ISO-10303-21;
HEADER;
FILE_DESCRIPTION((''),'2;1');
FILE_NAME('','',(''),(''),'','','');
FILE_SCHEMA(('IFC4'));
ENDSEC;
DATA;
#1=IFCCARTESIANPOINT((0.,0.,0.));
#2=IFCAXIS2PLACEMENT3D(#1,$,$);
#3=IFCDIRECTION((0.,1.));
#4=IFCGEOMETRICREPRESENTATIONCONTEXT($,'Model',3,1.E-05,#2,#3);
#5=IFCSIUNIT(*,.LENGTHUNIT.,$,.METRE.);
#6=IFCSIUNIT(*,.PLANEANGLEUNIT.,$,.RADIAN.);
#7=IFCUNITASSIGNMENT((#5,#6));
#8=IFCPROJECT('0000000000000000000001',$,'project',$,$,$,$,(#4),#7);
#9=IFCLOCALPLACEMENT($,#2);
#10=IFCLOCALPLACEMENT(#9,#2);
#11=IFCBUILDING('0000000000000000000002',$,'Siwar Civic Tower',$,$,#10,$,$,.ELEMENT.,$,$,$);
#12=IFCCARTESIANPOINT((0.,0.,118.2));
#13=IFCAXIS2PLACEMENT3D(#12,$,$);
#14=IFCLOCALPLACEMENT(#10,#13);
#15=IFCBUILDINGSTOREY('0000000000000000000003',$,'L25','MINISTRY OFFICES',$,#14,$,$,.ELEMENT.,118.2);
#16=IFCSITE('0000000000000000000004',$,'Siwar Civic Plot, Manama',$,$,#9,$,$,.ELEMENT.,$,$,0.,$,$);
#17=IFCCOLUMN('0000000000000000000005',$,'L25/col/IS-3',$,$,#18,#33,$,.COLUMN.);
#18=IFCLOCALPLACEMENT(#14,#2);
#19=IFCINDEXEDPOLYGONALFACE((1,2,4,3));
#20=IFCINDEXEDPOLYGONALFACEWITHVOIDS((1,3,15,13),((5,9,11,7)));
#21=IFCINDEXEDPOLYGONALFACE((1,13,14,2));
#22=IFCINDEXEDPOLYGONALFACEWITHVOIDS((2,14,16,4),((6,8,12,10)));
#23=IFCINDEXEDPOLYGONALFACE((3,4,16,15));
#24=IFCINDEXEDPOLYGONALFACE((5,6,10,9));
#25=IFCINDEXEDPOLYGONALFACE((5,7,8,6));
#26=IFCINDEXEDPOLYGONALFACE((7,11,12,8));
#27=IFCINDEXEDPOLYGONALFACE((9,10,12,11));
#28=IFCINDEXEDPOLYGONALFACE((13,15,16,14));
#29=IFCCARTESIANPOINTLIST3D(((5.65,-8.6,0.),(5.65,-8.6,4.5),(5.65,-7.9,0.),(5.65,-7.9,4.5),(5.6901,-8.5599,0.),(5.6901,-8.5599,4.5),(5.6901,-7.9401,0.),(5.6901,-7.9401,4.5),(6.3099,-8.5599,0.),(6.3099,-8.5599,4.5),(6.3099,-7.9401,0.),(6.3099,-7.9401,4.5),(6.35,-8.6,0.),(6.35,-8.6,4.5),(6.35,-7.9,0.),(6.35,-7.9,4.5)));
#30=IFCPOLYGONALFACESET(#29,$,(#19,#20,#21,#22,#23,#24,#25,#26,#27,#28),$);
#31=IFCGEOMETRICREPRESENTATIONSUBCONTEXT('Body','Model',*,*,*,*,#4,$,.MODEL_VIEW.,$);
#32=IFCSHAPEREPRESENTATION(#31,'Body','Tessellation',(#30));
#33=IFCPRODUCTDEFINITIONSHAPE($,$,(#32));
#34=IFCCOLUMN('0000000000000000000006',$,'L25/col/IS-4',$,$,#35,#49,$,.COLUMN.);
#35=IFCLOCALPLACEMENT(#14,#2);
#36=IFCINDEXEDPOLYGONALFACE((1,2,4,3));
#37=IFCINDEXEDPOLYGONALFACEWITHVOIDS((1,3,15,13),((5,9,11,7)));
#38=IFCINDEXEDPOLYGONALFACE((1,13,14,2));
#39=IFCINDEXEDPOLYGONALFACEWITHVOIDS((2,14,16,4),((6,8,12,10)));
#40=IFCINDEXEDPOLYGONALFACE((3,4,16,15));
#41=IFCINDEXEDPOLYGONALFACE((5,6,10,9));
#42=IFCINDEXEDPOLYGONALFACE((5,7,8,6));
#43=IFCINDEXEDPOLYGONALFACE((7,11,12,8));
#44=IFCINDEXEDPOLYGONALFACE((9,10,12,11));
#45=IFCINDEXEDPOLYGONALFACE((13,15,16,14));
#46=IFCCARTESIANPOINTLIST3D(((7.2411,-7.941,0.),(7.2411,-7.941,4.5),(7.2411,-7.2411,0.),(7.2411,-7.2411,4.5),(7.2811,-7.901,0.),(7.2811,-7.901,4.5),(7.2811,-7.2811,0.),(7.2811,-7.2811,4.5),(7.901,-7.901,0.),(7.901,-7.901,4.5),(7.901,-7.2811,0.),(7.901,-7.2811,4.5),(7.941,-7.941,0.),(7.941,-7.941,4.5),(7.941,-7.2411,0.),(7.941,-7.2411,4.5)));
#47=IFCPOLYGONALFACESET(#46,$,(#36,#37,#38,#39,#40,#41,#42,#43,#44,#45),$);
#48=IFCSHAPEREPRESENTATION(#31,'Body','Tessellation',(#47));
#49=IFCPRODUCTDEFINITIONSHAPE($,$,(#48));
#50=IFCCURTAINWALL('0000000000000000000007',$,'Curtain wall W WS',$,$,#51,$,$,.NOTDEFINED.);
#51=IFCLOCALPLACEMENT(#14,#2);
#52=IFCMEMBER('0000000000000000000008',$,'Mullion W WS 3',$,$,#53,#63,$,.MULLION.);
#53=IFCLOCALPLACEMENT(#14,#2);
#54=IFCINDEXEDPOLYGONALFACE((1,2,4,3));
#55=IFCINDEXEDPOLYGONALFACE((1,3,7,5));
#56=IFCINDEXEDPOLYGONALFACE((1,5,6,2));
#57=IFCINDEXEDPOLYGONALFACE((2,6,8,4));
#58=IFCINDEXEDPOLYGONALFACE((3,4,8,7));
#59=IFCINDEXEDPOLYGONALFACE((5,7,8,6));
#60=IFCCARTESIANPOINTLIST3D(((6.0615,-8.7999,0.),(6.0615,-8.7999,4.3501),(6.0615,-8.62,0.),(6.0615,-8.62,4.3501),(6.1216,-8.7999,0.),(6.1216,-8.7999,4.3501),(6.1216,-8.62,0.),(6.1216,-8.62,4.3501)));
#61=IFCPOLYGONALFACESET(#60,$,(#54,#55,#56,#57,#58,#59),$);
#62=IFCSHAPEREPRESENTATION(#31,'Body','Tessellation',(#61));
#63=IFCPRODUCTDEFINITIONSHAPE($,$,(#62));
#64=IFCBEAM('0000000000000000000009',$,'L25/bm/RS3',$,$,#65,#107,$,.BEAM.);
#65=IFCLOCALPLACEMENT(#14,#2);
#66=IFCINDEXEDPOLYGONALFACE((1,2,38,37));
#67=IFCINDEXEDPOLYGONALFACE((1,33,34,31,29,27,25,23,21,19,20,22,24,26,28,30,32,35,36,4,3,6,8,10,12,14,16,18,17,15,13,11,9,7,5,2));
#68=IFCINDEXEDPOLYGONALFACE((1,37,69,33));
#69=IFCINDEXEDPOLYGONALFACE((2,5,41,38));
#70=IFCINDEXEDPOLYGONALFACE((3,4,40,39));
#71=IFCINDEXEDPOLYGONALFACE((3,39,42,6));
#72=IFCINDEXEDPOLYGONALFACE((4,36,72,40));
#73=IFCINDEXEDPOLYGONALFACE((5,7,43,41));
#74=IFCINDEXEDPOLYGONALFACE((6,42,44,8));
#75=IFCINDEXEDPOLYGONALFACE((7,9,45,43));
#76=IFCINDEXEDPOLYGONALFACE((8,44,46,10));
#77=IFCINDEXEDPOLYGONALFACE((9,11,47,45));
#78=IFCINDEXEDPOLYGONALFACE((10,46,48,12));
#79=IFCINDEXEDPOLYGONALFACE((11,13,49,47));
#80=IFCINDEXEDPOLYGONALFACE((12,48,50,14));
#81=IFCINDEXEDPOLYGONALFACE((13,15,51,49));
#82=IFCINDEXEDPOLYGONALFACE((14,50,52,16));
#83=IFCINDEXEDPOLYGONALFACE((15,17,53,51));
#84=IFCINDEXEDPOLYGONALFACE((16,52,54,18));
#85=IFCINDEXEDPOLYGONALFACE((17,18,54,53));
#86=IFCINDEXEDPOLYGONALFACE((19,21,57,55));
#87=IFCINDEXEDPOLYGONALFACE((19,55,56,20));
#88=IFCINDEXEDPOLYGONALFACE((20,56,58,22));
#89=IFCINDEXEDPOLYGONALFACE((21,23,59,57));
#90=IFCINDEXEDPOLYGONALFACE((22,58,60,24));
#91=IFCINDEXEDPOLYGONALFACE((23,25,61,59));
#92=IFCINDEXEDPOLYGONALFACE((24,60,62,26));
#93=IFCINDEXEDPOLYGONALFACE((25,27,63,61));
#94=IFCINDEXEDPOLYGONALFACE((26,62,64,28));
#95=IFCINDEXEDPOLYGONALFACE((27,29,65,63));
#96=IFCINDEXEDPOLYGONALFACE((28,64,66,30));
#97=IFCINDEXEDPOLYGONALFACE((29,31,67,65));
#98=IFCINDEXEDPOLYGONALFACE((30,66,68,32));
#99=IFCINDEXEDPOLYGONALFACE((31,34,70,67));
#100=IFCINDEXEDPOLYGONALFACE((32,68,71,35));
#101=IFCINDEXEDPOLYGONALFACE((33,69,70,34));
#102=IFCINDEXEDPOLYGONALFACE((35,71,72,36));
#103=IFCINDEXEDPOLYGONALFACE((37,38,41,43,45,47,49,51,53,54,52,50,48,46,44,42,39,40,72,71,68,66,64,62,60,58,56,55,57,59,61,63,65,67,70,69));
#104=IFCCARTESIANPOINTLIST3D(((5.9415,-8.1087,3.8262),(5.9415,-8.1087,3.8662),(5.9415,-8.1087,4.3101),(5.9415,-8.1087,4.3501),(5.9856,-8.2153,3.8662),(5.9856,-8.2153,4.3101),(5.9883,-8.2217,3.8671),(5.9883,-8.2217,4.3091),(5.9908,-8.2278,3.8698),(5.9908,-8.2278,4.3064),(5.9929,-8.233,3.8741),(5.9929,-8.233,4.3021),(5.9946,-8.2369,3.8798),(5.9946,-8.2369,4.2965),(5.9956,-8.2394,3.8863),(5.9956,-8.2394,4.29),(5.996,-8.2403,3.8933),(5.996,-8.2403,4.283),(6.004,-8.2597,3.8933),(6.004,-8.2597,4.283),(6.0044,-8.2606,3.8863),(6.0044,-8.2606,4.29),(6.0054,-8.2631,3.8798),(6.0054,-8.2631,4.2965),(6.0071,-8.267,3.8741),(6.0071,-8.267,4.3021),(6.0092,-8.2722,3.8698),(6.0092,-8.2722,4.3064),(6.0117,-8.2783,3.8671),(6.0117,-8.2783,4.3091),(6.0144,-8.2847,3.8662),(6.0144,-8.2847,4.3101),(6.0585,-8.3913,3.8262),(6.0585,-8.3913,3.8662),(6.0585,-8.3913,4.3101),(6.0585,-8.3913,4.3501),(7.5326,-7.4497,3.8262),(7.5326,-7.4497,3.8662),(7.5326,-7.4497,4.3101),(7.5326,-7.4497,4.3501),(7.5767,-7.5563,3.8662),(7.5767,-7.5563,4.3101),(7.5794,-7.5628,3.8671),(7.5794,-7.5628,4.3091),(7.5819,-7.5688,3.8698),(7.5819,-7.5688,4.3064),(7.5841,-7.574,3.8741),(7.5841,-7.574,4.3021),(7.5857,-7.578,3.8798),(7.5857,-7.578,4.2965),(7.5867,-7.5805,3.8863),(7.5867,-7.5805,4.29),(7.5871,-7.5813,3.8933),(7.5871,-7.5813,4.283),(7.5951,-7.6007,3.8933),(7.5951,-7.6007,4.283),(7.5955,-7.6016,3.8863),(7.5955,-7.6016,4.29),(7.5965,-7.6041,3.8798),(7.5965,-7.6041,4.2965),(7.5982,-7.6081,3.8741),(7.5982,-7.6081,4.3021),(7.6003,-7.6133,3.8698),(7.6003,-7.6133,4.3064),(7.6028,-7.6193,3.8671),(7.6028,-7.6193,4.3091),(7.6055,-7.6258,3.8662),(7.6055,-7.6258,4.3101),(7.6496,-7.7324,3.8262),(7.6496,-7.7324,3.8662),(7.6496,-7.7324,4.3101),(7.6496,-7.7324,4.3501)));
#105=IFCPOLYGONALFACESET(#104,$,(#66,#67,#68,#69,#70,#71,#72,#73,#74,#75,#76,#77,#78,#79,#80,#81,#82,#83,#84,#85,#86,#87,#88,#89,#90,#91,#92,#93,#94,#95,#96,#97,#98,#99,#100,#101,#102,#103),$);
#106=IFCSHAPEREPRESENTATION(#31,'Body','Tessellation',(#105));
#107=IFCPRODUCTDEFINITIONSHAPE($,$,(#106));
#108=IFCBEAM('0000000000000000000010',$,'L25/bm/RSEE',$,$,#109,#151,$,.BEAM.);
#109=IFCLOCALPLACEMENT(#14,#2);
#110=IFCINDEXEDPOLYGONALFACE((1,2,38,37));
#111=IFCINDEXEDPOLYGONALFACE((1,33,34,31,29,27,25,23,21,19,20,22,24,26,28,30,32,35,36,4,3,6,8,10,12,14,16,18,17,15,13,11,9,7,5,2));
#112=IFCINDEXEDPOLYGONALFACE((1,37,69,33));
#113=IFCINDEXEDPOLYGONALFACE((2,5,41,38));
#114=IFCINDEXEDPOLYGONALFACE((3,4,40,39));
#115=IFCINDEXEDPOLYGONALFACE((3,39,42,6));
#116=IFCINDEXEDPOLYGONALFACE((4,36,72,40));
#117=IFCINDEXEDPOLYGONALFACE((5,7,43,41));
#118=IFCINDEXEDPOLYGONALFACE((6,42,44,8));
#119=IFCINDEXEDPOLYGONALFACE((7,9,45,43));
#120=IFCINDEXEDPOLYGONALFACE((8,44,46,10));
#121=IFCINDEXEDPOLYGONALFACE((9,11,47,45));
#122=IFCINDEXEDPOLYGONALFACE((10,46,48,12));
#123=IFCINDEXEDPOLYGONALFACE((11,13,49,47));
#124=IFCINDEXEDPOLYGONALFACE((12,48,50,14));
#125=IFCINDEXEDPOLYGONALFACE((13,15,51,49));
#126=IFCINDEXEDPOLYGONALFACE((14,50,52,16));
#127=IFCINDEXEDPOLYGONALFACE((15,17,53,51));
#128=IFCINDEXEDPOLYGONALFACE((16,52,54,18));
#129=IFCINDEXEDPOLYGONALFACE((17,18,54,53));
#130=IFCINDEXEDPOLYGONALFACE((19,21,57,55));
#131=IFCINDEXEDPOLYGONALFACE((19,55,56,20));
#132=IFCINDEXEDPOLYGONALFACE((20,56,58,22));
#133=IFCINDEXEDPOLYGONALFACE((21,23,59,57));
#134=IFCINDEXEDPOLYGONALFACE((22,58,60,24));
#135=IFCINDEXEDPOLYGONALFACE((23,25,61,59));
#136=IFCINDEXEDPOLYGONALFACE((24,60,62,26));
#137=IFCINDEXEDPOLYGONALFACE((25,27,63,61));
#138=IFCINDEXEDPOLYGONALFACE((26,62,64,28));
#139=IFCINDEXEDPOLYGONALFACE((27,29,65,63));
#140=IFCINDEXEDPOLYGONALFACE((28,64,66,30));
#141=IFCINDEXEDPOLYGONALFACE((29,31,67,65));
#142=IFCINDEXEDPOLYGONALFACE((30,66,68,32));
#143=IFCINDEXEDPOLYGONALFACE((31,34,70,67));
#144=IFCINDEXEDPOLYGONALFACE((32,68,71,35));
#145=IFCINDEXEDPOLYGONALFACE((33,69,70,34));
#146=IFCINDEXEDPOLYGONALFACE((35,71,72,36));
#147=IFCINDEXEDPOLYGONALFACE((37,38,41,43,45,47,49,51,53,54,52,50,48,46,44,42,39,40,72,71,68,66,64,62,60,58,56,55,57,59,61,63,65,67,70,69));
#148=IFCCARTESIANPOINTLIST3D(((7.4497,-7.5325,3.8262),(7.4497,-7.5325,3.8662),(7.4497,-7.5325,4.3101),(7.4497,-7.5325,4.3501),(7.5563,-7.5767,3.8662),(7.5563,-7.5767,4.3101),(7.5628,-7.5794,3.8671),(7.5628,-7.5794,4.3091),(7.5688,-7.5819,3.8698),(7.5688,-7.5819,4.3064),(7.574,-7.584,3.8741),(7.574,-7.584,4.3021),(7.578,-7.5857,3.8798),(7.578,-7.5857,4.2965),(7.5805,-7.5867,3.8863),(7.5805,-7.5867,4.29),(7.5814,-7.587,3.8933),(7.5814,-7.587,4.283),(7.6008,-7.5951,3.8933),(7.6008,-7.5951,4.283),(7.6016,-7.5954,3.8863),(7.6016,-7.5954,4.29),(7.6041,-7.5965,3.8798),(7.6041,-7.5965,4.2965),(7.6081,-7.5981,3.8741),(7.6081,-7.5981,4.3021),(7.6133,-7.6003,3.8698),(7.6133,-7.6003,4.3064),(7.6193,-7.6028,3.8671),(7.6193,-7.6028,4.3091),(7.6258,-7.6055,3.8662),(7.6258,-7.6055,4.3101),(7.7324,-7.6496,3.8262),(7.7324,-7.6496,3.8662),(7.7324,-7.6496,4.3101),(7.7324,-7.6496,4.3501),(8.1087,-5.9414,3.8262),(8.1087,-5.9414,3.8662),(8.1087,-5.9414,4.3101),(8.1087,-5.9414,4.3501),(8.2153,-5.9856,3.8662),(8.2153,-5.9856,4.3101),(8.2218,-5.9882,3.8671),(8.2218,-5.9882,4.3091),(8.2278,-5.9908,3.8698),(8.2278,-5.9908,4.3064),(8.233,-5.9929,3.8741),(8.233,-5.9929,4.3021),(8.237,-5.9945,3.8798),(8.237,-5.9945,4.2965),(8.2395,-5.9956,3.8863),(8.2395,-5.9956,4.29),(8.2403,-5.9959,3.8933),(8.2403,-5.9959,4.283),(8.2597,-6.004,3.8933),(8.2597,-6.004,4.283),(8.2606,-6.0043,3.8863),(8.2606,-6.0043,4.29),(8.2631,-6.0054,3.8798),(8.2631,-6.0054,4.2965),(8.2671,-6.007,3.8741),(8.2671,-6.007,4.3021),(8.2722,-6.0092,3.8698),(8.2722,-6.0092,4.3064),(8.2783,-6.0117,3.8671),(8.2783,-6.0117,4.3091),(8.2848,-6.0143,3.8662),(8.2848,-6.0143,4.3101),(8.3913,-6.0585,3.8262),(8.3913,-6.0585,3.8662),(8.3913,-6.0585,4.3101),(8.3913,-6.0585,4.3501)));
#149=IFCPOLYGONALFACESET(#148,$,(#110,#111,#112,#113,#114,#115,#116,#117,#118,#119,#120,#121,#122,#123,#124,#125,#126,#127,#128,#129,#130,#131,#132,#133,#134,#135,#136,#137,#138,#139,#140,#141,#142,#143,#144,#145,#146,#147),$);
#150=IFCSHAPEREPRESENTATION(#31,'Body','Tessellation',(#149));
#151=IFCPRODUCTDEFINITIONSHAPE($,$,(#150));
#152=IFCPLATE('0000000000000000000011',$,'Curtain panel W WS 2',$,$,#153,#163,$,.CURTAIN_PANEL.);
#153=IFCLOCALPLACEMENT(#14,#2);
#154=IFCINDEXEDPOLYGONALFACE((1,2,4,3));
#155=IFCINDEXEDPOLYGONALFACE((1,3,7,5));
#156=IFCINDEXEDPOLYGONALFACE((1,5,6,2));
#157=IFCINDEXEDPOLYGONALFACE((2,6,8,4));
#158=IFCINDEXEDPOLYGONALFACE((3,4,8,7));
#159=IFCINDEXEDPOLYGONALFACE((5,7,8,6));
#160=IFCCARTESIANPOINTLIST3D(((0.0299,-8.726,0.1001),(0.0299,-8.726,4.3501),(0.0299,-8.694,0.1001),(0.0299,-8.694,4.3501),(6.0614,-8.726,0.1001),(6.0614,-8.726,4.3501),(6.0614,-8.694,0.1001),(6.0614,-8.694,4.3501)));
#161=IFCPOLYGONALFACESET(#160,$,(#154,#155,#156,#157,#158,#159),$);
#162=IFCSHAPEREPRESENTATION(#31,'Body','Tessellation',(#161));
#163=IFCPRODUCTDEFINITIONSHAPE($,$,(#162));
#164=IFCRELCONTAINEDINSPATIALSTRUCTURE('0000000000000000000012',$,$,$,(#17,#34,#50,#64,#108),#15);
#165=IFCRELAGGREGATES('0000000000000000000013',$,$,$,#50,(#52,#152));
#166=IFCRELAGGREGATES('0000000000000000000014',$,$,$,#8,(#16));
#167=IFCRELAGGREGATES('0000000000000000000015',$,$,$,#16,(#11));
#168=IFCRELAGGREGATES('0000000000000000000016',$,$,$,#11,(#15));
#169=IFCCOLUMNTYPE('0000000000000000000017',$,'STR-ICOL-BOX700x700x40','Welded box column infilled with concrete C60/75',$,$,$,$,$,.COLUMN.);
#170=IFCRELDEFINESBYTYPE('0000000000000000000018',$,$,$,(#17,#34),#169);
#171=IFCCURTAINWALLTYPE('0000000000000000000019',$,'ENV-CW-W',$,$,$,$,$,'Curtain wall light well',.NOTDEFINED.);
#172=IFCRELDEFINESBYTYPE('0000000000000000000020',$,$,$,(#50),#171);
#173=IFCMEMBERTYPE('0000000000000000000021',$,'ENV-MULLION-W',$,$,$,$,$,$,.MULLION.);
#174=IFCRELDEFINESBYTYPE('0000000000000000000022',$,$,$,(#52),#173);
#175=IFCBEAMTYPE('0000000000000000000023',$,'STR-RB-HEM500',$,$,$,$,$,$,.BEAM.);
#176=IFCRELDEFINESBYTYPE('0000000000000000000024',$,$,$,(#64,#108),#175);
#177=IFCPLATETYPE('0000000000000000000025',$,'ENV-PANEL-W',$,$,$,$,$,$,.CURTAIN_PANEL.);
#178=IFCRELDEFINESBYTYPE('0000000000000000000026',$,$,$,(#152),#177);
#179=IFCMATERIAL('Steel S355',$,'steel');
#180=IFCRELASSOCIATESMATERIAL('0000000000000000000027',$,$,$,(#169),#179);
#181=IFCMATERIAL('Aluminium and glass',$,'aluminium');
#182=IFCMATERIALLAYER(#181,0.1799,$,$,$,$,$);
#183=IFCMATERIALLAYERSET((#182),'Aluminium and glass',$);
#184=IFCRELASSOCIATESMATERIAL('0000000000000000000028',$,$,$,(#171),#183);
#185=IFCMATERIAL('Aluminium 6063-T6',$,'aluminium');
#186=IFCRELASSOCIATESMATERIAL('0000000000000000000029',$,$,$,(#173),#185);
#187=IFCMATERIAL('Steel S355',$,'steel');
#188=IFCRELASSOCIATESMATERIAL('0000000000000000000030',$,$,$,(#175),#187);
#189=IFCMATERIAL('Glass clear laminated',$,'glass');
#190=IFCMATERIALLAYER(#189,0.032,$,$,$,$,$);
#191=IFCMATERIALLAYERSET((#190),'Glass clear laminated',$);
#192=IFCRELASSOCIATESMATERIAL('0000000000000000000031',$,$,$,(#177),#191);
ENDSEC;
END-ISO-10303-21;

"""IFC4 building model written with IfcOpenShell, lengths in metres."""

from ifc_helpers import new_model, si_unit, direction, frame, origin, origin_2d, place, context, subcontext, project, spatial, rectangle, hollow_rectangle, i_section, extrude, material, layer, layer_set, material_profile, profile_set, type_object, element, aggregate, save


model = new_model("IFC4")

# Units and contexts
model_context = context("Model", 3, precision=1e-05, world=origin(), true_north=direction((0.0, 1.0)))
body_context = subcontext(model_context, "Body", "Model", "MODEL_VIEW")
ifc_project = project(units=[si_unit("LENGTHUNIT", "METRE"), si_unit("PLANEANGLEUNIT", "RADIAN")], contexts=[model_context])

# Site, building, storey
site_placement = place(None, origin())
site = spatial("IfcSite", under=ifc_project, at=site_placement, Name="Siwar Civic Plot, Manama", CompositionType="ELEMENT", RefElevation=0.0)
building_placement = place(site_placement, origin())
building = spatial("IfcBuilding", under=site, at=building_placement, Name="Siwar Civic Tower", CompositionType="ELEMENT")
storey_placement = place(building_placement, frame((0.0, 0.0, 118.2)))
storey = spatial("IfcBuildingStorey", under=building, at=storey_placement, Name="L25", Description="MINISTRY OFFICES", CompositionType="ELEMENT", Elevation=118.2)

# Columns
ifc_material_1 = material(Name="Steel S355", Category="steel")
ifc_material_profile_1 = material_profile(ifc_material_1, hollow_rectangle(XDim=0.7, YDim=0.7, WallThickness=0.04, at=origin_2d()), Name="BOX700x700x40")
ifc_profile_set_1 = profile_set([ifc_material_profile_1], Name="Steel S355")
column_type = type_object("IfcColumnType", Name="STR-ICOL-BOX700x700x40", Description="Welded box column infilled with concrete C60/75", PredefinedType="COLUMN", material=ifc_profile_set_1)
for number, where, z_axis, x_axis, name in (
    (1, (6.0, -8.25, 0.0), (0.0, 0.0, 1.0), (1.0, 0.0, 0.0), "L25/col/IS-3"),
    (2, (7.5911, -7.5911, 0.0), (0.0, 0.0, 1.0), (1.0, 0.0, 0.0), "L25/col/IS-4"),
):
    element("IfcColumn", number, at=place(storey_placement, frame(where, z_axis=z_axis, x_axis=x_axis)), inside=storey, type_object=column_type, Name=name, PredefinedType="COLUMN", context=body_context, shape_type="SweptSolid", body=[
        extrude(hollow_rectangle(XDim=0.7, YDim=0.7, WallThickness=0.04, at=origin_2d()), origin(), (0.0, 0.0, 1.0), 4.5),
    ])

# Curtain wall, member
ifc_material_2 = material(Name="Aluminium and glass", Category="aluminium")
ifc_layer_1 = layer(ifc_material_2, 0.1799)
ifc_layer_set_1 = layer_set([ifc_layer_1], Name="Aluminium and glass")
curtain_wall_type = type_object("IfcCurtainWallType", Name="ENV-CW-W", ElementType="Curtain wall light well", PredefinedType="NOTDEFINED", material=ifc_layer_set_1)
curtain_wall_placement = place(storey_placement, origin())
curtain_wall = element("IfcCurtainWall", 3, at=curtain_wall_placement, inside=storey, type_object=curtain_wall_type, Name="Curtain wall W WS", PredefinedType="NOTDEFINED")
ifc_material_3 = material(Name="Aluminium 6063-T6", Category="aluminium")
ifc_material_profile_2 = material_profile(ifc_material_3, rectangle(XDim=0.1799, YDim=0.0601, at=origin_2d()), Name="AL 180x60")
ifc_profile_set_2 = profile_set([ifc_material_profile_2], Name="Aluminium 6063-T6")
member_type = type_object("IfcMemberType", Name="ENV-MULLION-W", PredefinedType="MULLION", material=ifc_profile_set_2)
member_placement = place(storey_placement, frame((6.0916, -8.71, 0.0), z_axis=(0.0, 0.0, 1.0), x_axis=(0.0, 1.0, 0.0)))
member = element("IfcMember", 4, at=member_placement, type_object=member_type, Name="Mullion W WS 3", PredefinedType="MULLION", context=body_context, shape_type="SweptSolid", body=[
    extrude(rectangle(XDim=0.1799, YDim=0.0601, at=origin_2d()), origin(), (0.0, 0.0, 1.0), 4.3501),
])

# Beams
ifc_material_4 = material(Name="Steel S355", Category="steel")
ifc_material_profile_3 = material_profile(ifc_material_4, i_section(OverallWidth=0.3059, OverallDepth=0.5239, WebThickness=0.021, FlangeThickness=0.04, FilletRadius=0.0271, at=origin_2d()), Name="HEM500")
ifc_profile_set_3 = profile_set([ifc_material_profile_3], Name="Steel S355")
beam_type = type_object("IfcBeamType", Name="STR-RB-HEM500", PredefinedType="BEAM", material=ifc_profile_set_3)
for number, where, z_axis, x_axis, name in (
    (5, (6.0, -8.25, 4.0881), (0.923901, 0.382631, 0.0), (-0.382631, 0.923901, 0.0), "L25/bm/RS3"),
    (6, (7.5911, -7.5911, 4.0881), (0.382631, 0.923901, 0.0), (-0.923901, 0.382631, 0.0), "L25/bm/RSEE"),
):
    element("IfcBeam", number, at=place(storey_placement, frame(where, z_axis=z_axis, x_axis=x_axis)), inside=storey, type_object=beam_type, Name=name, PredefinedType="BEAM", context=body_context, shape_type="SweptSolid", body=[
        extrude(i_section(OverallWidth=0.3059, OverallDepth=0.5239, WebThickness=0.021, FlangeThickness=0.04, FilletRadius=0.0271, at=origin_2d()), origin(), (0.0, 0.0, 1.0), 1.7222),
    ])

# Plate
ifc_material_5 = material(Name="Glass clear laminated", Category="glass")
ifc_layer_2 = layer(ifc_material_5, 0.032)
ifc_layer_set_2 = layer_set([ifc_layer_2], Name="Glass clear laminated")
plate_type = type_object("IfcPlateType", Name="ENV-PANEL-W", PredefinedType="CURTAIN_PANEL", material=ifc_layer_set_2)
plate_placement = place(storey_placement, frame((3.0457, -8.71, 0.1001), z_axis=(0.0, 0.0, 1.0), x_axis=(1.0, 0.0, 0.0)))
plate = element("IfcPlate", 7, at=plate_placement, type_object=plate_type, Name="Curtain panel W WS 2", PredefinedType="CURTAIN_PANEL", context=body_context, shape_type="SweptSolid", body=[
    extrude(rectangle(XDim=6.0315, YDim=0.032, at=origin_2d()), origin(), (0.0, 0.0, 1.0), 4.25),
])
aggregate(curtain_wall, [member, plate])

save(model, "model.ifc")
